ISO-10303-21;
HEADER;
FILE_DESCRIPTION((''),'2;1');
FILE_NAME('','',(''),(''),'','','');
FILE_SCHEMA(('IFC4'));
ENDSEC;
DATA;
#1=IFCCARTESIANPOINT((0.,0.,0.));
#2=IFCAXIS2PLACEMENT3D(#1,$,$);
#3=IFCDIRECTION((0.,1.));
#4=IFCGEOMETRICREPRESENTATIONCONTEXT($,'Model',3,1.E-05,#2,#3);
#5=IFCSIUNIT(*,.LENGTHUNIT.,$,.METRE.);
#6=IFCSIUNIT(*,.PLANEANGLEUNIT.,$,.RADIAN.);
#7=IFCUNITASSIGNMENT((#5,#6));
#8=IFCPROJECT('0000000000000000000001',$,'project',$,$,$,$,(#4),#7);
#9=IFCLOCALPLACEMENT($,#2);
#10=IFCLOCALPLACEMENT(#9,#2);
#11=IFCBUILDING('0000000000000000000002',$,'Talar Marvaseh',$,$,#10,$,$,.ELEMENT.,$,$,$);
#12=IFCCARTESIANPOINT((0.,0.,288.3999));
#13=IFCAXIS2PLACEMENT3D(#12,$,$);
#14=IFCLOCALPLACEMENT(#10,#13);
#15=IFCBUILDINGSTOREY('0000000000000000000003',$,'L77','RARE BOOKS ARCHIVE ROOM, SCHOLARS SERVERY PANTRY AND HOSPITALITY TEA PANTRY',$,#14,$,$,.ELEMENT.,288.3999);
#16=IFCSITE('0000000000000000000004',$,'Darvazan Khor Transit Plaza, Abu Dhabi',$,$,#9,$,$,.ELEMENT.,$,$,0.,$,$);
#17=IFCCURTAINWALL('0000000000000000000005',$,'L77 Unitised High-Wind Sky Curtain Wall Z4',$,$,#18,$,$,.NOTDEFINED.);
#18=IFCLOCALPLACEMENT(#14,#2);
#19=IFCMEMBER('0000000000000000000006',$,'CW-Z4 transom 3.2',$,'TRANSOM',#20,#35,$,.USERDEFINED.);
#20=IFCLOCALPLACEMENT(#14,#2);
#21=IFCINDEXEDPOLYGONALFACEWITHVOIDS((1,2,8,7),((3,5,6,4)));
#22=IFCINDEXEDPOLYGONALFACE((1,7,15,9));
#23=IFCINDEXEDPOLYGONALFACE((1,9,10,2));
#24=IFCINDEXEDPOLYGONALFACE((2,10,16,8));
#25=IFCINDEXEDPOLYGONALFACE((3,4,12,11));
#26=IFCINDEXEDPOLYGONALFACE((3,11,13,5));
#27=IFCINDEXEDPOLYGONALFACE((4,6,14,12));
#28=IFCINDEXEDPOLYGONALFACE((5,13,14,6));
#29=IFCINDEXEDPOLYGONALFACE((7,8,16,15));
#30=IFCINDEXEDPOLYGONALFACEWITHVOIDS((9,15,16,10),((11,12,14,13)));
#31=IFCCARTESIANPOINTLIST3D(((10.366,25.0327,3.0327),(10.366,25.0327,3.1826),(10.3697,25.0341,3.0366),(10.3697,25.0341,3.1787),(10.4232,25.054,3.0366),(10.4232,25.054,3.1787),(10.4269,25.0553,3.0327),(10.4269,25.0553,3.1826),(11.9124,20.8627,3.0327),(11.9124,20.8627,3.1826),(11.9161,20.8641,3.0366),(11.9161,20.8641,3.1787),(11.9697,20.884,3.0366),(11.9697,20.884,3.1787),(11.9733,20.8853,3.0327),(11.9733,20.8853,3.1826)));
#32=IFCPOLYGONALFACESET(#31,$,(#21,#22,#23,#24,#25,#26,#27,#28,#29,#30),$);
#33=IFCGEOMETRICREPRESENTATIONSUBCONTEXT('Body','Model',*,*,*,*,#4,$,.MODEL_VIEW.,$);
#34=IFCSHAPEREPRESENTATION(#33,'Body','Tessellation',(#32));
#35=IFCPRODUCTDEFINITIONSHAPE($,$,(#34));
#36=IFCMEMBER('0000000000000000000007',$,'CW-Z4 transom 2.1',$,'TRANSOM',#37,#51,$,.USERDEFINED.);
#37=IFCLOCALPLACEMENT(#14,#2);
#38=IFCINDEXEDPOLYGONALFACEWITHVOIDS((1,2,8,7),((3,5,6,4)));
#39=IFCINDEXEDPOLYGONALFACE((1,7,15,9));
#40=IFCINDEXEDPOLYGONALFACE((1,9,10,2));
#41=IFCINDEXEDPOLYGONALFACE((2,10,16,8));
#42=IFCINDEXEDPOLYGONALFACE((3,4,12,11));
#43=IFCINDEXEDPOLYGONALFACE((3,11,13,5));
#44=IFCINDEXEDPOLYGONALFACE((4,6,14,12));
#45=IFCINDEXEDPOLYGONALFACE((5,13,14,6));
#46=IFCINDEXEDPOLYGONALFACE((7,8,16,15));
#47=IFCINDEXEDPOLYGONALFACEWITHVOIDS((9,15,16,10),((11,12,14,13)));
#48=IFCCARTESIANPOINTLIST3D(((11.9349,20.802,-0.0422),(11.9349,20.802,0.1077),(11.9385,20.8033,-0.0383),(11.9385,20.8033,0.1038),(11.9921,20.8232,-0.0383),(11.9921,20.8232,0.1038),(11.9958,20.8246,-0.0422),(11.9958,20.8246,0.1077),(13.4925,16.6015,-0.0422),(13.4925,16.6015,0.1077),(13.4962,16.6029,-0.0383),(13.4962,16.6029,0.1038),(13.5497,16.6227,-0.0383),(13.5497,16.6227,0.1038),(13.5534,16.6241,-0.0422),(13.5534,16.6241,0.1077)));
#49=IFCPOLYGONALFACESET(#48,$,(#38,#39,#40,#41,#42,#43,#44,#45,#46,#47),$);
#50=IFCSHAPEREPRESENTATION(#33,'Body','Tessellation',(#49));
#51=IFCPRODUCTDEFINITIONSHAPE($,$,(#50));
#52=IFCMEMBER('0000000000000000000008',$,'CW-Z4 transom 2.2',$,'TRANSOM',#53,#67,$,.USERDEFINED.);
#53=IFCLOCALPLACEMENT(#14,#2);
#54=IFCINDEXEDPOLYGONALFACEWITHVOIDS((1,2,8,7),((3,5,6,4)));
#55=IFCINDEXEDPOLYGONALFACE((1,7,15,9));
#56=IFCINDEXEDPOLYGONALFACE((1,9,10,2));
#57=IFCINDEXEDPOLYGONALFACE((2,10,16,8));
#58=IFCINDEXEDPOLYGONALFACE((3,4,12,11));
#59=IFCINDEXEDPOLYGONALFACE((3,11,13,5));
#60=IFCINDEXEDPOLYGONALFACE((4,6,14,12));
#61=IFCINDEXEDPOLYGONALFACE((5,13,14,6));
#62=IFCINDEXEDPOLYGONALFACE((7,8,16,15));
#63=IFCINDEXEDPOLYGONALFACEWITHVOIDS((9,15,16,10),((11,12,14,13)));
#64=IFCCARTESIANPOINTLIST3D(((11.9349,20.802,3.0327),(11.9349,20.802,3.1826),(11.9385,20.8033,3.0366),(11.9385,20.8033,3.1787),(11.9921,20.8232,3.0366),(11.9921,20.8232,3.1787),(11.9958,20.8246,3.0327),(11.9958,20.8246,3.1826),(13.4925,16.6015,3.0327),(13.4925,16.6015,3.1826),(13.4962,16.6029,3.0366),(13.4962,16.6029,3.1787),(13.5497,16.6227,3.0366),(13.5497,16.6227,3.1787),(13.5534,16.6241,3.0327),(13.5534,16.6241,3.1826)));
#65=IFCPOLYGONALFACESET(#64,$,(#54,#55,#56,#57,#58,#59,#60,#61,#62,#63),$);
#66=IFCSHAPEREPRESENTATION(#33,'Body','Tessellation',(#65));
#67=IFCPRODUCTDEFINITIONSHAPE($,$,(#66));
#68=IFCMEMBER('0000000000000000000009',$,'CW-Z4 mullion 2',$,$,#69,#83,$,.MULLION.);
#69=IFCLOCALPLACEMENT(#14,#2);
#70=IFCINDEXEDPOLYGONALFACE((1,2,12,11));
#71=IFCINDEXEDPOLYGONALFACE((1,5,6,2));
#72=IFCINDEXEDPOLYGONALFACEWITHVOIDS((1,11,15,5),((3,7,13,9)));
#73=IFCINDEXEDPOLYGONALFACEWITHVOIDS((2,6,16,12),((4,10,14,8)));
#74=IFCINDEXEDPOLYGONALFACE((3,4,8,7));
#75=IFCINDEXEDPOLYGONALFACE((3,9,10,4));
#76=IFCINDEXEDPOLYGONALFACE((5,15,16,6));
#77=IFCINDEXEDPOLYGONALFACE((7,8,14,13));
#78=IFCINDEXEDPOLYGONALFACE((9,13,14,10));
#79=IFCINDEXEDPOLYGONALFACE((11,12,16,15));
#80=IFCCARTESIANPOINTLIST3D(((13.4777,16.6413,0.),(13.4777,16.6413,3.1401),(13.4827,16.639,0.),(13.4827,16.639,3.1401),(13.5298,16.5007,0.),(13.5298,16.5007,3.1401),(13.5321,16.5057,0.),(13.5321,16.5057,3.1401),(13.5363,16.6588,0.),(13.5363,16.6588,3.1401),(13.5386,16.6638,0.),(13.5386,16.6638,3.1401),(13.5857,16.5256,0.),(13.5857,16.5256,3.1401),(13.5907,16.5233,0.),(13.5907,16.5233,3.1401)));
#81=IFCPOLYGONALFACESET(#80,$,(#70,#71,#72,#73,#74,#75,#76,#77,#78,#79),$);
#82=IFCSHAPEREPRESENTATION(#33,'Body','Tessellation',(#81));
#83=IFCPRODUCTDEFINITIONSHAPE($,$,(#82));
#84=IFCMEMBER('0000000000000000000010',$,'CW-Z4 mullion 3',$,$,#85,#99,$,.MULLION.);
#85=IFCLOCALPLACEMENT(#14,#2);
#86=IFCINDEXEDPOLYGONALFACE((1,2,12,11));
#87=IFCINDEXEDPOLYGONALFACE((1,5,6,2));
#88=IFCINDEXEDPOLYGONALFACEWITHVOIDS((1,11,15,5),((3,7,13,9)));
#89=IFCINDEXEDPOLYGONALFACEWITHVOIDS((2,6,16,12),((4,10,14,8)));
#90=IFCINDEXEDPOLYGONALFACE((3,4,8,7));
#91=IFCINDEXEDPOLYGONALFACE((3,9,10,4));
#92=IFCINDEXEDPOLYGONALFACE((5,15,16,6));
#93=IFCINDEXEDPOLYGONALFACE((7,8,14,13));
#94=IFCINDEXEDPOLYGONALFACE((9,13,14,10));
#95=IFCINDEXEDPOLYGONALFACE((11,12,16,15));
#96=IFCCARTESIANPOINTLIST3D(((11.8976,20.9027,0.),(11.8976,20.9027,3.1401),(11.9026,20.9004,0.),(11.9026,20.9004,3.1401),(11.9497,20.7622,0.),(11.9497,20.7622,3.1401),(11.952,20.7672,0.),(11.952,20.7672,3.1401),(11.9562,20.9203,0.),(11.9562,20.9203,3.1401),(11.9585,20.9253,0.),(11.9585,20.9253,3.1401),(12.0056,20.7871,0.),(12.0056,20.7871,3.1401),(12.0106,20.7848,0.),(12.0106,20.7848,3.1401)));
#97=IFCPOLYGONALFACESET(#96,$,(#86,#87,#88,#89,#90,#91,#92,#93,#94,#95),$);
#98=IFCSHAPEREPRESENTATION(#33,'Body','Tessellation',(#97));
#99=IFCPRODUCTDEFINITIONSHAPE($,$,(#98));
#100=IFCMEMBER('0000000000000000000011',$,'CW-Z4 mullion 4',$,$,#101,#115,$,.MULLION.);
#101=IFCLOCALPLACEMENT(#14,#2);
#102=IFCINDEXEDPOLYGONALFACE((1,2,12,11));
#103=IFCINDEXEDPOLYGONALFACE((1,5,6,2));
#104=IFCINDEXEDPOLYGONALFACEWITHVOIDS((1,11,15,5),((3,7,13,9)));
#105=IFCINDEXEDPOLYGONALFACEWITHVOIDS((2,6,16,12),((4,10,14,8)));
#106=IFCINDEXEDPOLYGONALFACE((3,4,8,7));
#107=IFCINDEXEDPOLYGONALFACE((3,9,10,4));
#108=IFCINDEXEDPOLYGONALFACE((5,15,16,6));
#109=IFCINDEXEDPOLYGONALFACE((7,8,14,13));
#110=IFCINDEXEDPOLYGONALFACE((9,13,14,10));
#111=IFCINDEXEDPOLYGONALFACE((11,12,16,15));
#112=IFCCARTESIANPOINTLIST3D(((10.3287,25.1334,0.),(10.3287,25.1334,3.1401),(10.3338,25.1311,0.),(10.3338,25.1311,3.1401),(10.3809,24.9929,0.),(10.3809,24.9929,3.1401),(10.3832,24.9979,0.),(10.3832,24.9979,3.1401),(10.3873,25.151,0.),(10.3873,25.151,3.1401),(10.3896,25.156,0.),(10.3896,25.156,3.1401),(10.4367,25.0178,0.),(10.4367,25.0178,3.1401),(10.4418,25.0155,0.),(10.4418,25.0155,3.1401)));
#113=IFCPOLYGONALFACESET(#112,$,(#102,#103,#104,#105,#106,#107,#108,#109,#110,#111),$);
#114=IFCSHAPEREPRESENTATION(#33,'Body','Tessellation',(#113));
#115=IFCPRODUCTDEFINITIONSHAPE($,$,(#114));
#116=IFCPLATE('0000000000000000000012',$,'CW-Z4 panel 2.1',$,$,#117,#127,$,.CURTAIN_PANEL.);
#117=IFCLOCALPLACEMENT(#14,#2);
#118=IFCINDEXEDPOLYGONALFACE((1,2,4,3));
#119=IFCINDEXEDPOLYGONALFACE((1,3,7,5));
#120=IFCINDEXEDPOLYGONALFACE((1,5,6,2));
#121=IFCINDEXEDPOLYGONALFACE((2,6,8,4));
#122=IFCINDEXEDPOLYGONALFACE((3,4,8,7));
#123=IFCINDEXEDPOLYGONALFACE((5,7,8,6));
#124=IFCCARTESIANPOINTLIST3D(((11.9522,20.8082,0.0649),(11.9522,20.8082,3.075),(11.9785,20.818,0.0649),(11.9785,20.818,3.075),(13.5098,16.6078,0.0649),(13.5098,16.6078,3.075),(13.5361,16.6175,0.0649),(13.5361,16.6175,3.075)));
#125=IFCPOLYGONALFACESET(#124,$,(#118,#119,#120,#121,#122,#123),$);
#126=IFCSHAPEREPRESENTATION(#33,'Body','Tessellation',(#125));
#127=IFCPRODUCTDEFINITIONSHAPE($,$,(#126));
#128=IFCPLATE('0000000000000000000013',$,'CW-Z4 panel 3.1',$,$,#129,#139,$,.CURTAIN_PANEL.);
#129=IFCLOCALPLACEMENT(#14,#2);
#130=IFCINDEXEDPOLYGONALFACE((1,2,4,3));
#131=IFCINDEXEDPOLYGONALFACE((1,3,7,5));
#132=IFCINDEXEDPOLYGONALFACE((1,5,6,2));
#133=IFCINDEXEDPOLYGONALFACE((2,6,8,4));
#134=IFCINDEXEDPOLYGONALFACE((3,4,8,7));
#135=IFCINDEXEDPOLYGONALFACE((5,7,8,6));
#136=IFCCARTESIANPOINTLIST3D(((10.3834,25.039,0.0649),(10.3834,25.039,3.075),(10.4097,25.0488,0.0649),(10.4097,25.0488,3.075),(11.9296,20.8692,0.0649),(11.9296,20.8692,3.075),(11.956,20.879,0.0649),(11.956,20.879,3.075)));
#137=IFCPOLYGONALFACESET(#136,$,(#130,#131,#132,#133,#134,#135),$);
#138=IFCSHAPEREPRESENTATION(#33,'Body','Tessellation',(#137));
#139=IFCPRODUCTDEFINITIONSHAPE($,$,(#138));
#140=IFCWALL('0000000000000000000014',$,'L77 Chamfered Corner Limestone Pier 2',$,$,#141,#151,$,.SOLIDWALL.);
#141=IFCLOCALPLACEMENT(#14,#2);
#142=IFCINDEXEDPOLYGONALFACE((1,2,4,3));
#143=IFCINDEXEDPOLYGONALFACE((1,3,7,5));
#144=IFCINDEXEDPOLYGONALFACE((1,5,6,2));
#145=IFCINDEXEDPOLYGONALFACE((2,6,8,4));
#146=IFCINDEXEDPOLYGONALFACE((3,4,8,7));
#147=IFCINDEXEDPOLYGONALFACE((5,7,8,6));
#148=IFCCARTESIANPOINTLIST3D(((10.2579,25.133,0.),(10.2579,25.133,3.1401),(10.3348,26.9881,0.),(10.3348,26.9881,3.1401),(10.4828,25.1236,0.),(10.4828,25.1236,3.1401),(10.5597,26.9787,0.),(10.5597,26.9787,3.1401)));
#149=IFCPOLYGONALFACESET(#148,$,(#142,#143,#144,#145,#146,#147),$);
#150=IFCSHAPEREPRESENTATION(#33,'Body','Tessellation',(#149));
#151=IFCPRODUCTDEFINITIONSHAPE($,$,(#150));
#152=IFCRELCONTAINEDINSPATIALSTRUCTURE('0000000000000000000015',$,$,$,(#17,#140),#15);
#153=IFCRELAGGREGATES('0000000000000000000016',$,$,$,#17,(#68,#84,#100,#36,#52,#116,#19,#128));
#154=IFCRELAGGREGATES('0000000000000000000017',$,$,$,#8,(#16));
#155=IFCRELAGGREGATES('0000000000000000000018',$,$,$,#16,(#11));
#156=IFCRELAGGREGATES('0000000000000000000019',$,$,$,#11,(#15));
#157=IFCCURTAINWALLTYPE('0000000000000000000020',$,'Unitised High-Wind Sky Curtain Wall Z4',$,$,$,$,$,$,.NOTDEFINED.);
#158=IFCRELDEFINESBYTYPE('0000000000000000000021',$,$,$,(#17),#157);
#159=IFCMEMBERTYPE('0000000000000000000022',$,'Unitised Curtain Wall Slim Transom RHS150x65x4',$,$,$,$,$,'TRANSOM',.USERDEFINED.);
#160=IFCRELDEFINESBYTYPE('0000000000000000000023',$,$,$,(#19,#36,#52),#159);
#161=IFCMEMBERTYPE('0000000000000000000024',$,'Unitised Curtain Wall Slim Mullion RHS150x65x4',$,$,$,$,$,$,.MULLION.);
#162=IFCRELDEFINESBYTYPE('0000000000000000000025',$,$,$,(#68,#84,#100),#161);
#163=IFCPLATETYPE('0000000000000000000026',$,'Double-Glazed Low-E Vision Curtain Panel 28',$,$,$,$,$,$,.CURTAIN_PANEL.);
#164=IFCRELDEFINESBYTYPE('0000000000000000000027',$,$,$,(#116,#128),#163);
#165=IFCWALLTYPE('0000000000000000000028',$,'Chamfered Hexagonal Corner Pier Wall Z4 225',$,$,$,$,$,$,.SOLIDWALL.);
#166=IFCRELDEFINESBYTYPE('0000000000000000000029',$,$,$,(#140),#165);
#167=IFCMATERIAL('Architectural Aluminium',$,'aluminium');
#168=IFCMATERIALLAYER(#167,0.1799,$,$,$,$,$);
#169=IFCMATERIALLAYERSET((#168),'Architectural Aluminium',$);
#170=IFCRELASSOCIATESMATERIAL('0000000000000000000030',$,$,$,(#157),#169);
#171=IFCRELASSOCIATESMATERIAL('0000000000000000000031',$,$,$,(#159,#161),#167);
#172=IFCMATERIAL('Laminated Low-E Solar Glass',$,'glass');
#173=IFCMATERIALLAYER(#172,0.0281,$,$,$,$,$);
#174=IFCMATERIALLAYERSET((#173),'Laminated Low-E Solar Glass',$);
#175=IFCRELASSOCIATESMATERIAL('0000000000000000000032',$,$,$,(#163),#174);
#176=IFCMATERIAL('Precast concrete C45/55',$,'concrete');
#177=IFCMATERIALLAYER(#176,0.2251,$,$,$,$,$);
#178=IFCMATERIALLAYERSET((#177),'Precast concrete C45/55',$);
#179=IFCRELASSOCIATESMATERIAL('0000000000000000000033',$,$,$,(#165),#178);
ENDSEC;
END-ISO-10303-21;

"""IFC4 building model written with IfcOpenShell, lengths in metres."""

from ifc_helpers import new_model, si_unit, direction, frame, frame_2d, origin, origin_2d, place, context, subcontext, project, spatial, rectangle, hollow_rectangle, extrude, source, transform, mapped, material, layer, layer_set, material_profile, profile_set, type_object, type_shapes, element, aggregate, save


model = new_model("IFC4")

# Units and contexts
model_context = context("Model", 3, precision=1e-05, world=origin(), true_north=direction((0.0, 1.0)))
body_context = subcontext(model_context, "Body", "Model", "MODEL_VIEW")
ifc_project = project(units=[si_unit("LENGTHUNIT", "METRE"), si_unit("PLANEANGLEUNIT", "RADIAN")], contexts=[model_context])

# Site, building, storey
site_placement = place(None, origin())
site = spatial("IfcSite", under=ifc_project, at=site_placement, Name="Darvazan Khor Transit Plaza, Abu Dhabi", CompositionType="ELEMENT", RefElevation=0.0)
building_placement = place(site_placement, origin())
building = spatial("IfcBuilding", under=site, at=building_placement, Name="Talar Marvaseh", CompositionType="ELEMENT")
storey_placement = place(building_placement, frame((0.0, 0.0, 288.3999)))
storey = spatial("IfcBuildingStorey", under=building, at=storey_placement, Name="L77", Description="RARE BOOKS ARCHIVE ROOM, SCHOLARS SERVERY PANTRY AND HOSPITALITY TEA PANTRY", CompositionType="ELEMENT", Elevation=288.3999)

# Curtain wall, members, plates
ifc_material_1 = material(Name="Architectural Aluminium", Category="aluminium")
ifc_layer_1 = layer(ifc_material_1, 0.1799)
ifc_layer_set_1 = layer_set([ifc_layer_1], Name="Architectural Aluminium")
curtain_wall_type = type_object("IfcCurtainWallType", Name="Unitised High-Wind Sky Curtain Wall Z4", PredefinedType="NOTDEFINED", material=ifc_layer_set_1)
curtain_wall_placement = place(storey_placement, origin())
curtain_wall = element("IfcCurtainWall", 1, at=curtain_wall_placement, inside=storey, type_object=curtain_wall_type, Name="L77 Unitised High-Wind Sky Curtain Wall Z4", PredefinedType="NOTDEFINED")
ifc_material_profile_1 = material_profile(ifc_material_1, hollow_rectangle(XDim=0.0649, YDim=0.1499, WallThickness=0.0039, at=origin_2d()), Name="RHS150x65x4")
ifc_profile_set_1 = profile_set([ifc_material_profile_1], Name="Architectural Aluminium")
member_type_1 = type_object("IfcMemberType", Name="Unitised Curtain Wall Slim Transom RHS150x65x4", ElementType="TRANSOM", PredefinedType="USERDEFINED", material=ifc_profile_set_1)
shared_shape_1 = source(origin(), body_context, "Body", "SweptSolid", [
    extrude(hollow_rectangle(XDim=0.0649, YDim=0.1499, WallThickness=0.0039, at=origin_2d()), origin(), (0.0, 0.0, 1.0), 4.4475),
])
member_1_placement = place(storey_placement, frame((11.9429, 20.874, 3.1077), z_axis=(-0.347704, 0.937604, 0.0), x_axis=(-0.937604, -0.347704, 0.0)))
member_1 = element("IfcMember", 2, at=member_1_placement, type_object=member_type_1, Name="CW-Z4 transom 3.2", ObjectType="TRANSOM", PredefinedType="USERDEFINED", context=body_context, shape_type="MappedRepresentation", body=[
    mapped(shared_shape_1, transform((0.0, 0.0, 0.0), x_axis=(1.0, 0.0, 0.0), y_axis=(0.0, 1.0, 0.0), z_axis=(0.0, 0.0, 1.0), scale=1.0)),
])
shared_shape_2 = source(origin(), body_context, "Body", "SweptSolid", [
    extrude(hollow_rectangle(XDim=0.0649, YDim=0.1499, WallThickness=0.0039, at=origin_2d()), origin(), (0.0, 0.0, 1.0), 4.48),
])
type_shapes(member_type_1, [shared_shape_1, shared_shape_2])
member_2_placement = place(storey_placement, frame((13.5229, 16.6128, 0.0327), z_axis=(-0.347687, 0.937611, 0.0), x_axis=(-0.937611, -0.347687, 0.0)))
member_2 = element("IfcMember", 3, at=member_2_placement, type_object=member_type_1, Name="CW-Z4 transom 2.1", ObjectType="TRANSOM", PredefinedType="USERDEFINED", context=body_context, shape_type="MappedRepresentation", body=[
    mapped(shared_shape_2, transform((0.0, 0.0, 0.0), x_axis=(1.0, 0.0, 0.0), y_axis=(0.0, 1.0, 0.0), z_axis=(0.0, 0.0, 1.0), scale=1.0)),
])
member_3_placement = place(storey_placement, frame((13.5229, 16.6128, 3.1077), z_axis=(-0.347687, 0.937611, 0.0), x_axis=(-0.937611, -0.347687, 0.0)))
member_3 = element("IfcMember", 4, at=member_3_placement, type_object=member_type_1, Name="CW-Z4 transom 2.2", ObjectType="TRANSOM", PredefinedType="USERDEFINED", context=body_context, shape_type="MappedRepresentation", body=[
    mapped(shared_shape_2, transform((0.0, 0.0, 0.0), x_axis=(1.0, 0.0, 0.0), y_axis=(0.0, 1.0, 0.0), z_axis=(0.0, 0.0, 1.0), scale=1.0)),
])
ifc_material_profile_2 = material_profile(ifc_material_1, hollow_rectangle(XDim=0.0649, YDim=0.1499, WallThickness=0.0039, at=origin_2d()), Name="RHS150x65x4")
ifc_profile_set_2 = profile_set([ifc_material_profile_2], Name="Architectural Aluminium")
member_type_2 = type_object("IfcMemberType", Name="Unitised Curtain Wall Slim Mullion RHS150x65x4", PredefinedType="MULLION", material=ifc_profile_set_2)
shared_shape_3 = source(origin(), body_context, "Body", "SweptSolid", [
    extrude(hollow_rectangle(XDim=0.0649, YDim=0.1499, WallThickness=0.0039, at=origin_2d()), origin(), (0.0, 0.0, 1.0), 3.1401),
])
type_shapes(member_type_2, [shared_shape_3])
member_4_placement = place(storey_placement, frame((13.5342, 16.5823, 0.0), z_axis=(0.0, 0.0, 1.0), x_axis=(-0.93761, -0.347687, 0.0)))
member_4 = element("IfcMember", 5, at=member_4_placement, type_object=member_type_2, Name="CW-Z4 mullion 2", PredefinedType="MULLION", context=body_context, shape_type="MappedRepresentation", body=[
    mapped(shared_shape_3, transform((0.0, 0.0, 0.0), x_axis=(1.0, 0.0, 0.0), y_axis=(0.0, 1.0, 0.0), z_axis=(0.0, 0.0, 1.0), scale=1.0)),
])
member_5_placement = place(storey_placement, frame((11.9541, 20.8438, 0.0), z_axis=(0.0, 0.0, 1.0), x_axis=(-0.93761, -0.347687, 0.0)))
member_5 = element("IfcMember", 6, at=member_5_placement, type_object=member_type_2, Name="CW-Z4 mullion 3", PredefinedType="MULLION", context=body_context, shape_type="MappedRepresentation", body=[
    mapped(shared_shape_3, transform((0.0, 0.0, 0.0), x_axis=(1.0, 0.0, 0.0), y_axis=(0.0, 1.0, 0.0), z_axis=(0.0, 0.0, 1.0), scale=1.0)),
])
member_6_placement = place(storey_placement, frame((10.3853, 25.0745, 0.0), z_axis=(0.0, 0.0, 1.0), x_axis=(-0.93761, -0.347687, 0.0)))
member_6 = element("IfcMember", 7, at=member_6_placement, type_object=member_type_2, Name="CW-Z4 mullion 4", PredefinedType="MULLION", context=body_context, shape_type="MappedRepresentation", body=[
    mapped(shared_shape_3, transform((0.0, 0.0, 0.0), x_axis=(1.0, 0.0, 0.0), y_axis=(0.0, 1.0, 0.0), z_axis=(0.0, 0.0, 1.0), scale=1.0)),
])
ifc_material_2 = material(Name="Laminated Low-E Solar Glass", Category="glass")
ifc_layer_2 = layer(ifc_material_2, 0.0281)
ifc_layer_set_2 = layer_set([ifc_layer_2], Name="Laminated Low-E Solar Glass")
plate_type = type_object("IfcPlateType", Name="Double-Glazed Low-E Vision Curtain Panel 28", PredefinedType="CURTAIN_PANEL", material=ifc_layer_set_2)
shared_shape_4 = source(origin(), body_context, "Body", "SweptSolid", [
    extrude(rectangle(XDim=4.48, YDim=0.0281, at=origin_2d()), origin(), (0.0, 0.0, 1.0), 3.01),
])
plate_1_placement = place(storey_placement, frame((12.7441, 18.7129, 0.0649), z_axis=(0.0, 0.0, 1.0), x_axis=(-0.347687, 0.93761, 0.0)))
plate_1 = element("IfcPlate", 8, at=plate_1_placement, type_object=plate_type, Name="CW-Z4 panel 2.1", PredefinedType="CURTAIN_PANEL", context=body_context, shape_type="MappedRepresentation", body=[
    mapped(shared_shape_4, transform((0.0, 0.0, 0.0), x_axis=(1.0, 0.0, 0.0), y_axis=(0.0, 1.0, 0.0), z_axis=(0.0, 0.0, 1.0), scale=1.0)),
])
shared_shape_5 = source(origin(), body_context, "Body", "SweptSolid", [
    extrude(rectangle(XDim=4.4473, YDim=0.0281, at=origin_2d()), origin(), (0.0, 0.0, 1.0), 3.01),
])
type_shapes(plate_type, [shared_shape_4, shared_shape_5])
plate_2_placement = place(storey_placement, frame((11.1697, 22.959, 0.0649), z_axis=(0.0, 0.0, 1.0), x_axis=(-0.347687, 0.93761, 0.0)))
plate_2 = element("IfcPlate", 9, at=plate_2_placement, type_object=plate_type, Name="CW-Z4 panel 3.1", PredefinedType="CURTAIN_PANEL", context=body_context, shape_type="MappedRepresentation", body=[
    mapped(shared_shape_5, transform((0.0, 0.0, 0.0), x_axis=(1.0, 0.0, 0.0), y_axis=(0.0, 1.0, 0.0), z_axis=(0.0, 0.0, 1.0), scale=1.0)),
])
aggregate(curtain_wall, [member_4, member_5, member_6, member_2, member_3, plate_1, member_1, plate_2])

# Wall
ifc_material_3 = material(Name="Precast concrete C45/55", Category="concrete")
ifc_layer_3 = layer(ifc_material_3, 0.2251)
ifc_layer_set_3 = layer_set([ifc_layer_3], Name="Precast concrete C45/55")
wall_type_1 = type_object("IfcWallType", Name="Chamfered Hexagonal Corner Pier Wall Z4 225", PredefinedType="SOLIDWALL", material=ifc_layer_set_3)
wall_1_placement = place(storey_placement, frame((10.3704, 25.1284, 0.0), z_axis=(0.0, 0.0, 1.0), x_axis=(0.041423, 0.999142, 0.0)))
element("IfcWall", 10, at=wall_1_placement, inside=storey, type_object=wall_type_1, Name="L77 Chamfered Corner Limestone Pier 2", PredefinedType="SOLIDWALL", context=body_context, shape_type="SweptSolid", body=[
    extrude(rectangle(XDim=1.8567, YDim=0.2251, at=frame_2d((0.9282, 0.0))), origin(), (0.0, 0.0, 1.0), 3.1401),
])

save(model, "model.ifc")
